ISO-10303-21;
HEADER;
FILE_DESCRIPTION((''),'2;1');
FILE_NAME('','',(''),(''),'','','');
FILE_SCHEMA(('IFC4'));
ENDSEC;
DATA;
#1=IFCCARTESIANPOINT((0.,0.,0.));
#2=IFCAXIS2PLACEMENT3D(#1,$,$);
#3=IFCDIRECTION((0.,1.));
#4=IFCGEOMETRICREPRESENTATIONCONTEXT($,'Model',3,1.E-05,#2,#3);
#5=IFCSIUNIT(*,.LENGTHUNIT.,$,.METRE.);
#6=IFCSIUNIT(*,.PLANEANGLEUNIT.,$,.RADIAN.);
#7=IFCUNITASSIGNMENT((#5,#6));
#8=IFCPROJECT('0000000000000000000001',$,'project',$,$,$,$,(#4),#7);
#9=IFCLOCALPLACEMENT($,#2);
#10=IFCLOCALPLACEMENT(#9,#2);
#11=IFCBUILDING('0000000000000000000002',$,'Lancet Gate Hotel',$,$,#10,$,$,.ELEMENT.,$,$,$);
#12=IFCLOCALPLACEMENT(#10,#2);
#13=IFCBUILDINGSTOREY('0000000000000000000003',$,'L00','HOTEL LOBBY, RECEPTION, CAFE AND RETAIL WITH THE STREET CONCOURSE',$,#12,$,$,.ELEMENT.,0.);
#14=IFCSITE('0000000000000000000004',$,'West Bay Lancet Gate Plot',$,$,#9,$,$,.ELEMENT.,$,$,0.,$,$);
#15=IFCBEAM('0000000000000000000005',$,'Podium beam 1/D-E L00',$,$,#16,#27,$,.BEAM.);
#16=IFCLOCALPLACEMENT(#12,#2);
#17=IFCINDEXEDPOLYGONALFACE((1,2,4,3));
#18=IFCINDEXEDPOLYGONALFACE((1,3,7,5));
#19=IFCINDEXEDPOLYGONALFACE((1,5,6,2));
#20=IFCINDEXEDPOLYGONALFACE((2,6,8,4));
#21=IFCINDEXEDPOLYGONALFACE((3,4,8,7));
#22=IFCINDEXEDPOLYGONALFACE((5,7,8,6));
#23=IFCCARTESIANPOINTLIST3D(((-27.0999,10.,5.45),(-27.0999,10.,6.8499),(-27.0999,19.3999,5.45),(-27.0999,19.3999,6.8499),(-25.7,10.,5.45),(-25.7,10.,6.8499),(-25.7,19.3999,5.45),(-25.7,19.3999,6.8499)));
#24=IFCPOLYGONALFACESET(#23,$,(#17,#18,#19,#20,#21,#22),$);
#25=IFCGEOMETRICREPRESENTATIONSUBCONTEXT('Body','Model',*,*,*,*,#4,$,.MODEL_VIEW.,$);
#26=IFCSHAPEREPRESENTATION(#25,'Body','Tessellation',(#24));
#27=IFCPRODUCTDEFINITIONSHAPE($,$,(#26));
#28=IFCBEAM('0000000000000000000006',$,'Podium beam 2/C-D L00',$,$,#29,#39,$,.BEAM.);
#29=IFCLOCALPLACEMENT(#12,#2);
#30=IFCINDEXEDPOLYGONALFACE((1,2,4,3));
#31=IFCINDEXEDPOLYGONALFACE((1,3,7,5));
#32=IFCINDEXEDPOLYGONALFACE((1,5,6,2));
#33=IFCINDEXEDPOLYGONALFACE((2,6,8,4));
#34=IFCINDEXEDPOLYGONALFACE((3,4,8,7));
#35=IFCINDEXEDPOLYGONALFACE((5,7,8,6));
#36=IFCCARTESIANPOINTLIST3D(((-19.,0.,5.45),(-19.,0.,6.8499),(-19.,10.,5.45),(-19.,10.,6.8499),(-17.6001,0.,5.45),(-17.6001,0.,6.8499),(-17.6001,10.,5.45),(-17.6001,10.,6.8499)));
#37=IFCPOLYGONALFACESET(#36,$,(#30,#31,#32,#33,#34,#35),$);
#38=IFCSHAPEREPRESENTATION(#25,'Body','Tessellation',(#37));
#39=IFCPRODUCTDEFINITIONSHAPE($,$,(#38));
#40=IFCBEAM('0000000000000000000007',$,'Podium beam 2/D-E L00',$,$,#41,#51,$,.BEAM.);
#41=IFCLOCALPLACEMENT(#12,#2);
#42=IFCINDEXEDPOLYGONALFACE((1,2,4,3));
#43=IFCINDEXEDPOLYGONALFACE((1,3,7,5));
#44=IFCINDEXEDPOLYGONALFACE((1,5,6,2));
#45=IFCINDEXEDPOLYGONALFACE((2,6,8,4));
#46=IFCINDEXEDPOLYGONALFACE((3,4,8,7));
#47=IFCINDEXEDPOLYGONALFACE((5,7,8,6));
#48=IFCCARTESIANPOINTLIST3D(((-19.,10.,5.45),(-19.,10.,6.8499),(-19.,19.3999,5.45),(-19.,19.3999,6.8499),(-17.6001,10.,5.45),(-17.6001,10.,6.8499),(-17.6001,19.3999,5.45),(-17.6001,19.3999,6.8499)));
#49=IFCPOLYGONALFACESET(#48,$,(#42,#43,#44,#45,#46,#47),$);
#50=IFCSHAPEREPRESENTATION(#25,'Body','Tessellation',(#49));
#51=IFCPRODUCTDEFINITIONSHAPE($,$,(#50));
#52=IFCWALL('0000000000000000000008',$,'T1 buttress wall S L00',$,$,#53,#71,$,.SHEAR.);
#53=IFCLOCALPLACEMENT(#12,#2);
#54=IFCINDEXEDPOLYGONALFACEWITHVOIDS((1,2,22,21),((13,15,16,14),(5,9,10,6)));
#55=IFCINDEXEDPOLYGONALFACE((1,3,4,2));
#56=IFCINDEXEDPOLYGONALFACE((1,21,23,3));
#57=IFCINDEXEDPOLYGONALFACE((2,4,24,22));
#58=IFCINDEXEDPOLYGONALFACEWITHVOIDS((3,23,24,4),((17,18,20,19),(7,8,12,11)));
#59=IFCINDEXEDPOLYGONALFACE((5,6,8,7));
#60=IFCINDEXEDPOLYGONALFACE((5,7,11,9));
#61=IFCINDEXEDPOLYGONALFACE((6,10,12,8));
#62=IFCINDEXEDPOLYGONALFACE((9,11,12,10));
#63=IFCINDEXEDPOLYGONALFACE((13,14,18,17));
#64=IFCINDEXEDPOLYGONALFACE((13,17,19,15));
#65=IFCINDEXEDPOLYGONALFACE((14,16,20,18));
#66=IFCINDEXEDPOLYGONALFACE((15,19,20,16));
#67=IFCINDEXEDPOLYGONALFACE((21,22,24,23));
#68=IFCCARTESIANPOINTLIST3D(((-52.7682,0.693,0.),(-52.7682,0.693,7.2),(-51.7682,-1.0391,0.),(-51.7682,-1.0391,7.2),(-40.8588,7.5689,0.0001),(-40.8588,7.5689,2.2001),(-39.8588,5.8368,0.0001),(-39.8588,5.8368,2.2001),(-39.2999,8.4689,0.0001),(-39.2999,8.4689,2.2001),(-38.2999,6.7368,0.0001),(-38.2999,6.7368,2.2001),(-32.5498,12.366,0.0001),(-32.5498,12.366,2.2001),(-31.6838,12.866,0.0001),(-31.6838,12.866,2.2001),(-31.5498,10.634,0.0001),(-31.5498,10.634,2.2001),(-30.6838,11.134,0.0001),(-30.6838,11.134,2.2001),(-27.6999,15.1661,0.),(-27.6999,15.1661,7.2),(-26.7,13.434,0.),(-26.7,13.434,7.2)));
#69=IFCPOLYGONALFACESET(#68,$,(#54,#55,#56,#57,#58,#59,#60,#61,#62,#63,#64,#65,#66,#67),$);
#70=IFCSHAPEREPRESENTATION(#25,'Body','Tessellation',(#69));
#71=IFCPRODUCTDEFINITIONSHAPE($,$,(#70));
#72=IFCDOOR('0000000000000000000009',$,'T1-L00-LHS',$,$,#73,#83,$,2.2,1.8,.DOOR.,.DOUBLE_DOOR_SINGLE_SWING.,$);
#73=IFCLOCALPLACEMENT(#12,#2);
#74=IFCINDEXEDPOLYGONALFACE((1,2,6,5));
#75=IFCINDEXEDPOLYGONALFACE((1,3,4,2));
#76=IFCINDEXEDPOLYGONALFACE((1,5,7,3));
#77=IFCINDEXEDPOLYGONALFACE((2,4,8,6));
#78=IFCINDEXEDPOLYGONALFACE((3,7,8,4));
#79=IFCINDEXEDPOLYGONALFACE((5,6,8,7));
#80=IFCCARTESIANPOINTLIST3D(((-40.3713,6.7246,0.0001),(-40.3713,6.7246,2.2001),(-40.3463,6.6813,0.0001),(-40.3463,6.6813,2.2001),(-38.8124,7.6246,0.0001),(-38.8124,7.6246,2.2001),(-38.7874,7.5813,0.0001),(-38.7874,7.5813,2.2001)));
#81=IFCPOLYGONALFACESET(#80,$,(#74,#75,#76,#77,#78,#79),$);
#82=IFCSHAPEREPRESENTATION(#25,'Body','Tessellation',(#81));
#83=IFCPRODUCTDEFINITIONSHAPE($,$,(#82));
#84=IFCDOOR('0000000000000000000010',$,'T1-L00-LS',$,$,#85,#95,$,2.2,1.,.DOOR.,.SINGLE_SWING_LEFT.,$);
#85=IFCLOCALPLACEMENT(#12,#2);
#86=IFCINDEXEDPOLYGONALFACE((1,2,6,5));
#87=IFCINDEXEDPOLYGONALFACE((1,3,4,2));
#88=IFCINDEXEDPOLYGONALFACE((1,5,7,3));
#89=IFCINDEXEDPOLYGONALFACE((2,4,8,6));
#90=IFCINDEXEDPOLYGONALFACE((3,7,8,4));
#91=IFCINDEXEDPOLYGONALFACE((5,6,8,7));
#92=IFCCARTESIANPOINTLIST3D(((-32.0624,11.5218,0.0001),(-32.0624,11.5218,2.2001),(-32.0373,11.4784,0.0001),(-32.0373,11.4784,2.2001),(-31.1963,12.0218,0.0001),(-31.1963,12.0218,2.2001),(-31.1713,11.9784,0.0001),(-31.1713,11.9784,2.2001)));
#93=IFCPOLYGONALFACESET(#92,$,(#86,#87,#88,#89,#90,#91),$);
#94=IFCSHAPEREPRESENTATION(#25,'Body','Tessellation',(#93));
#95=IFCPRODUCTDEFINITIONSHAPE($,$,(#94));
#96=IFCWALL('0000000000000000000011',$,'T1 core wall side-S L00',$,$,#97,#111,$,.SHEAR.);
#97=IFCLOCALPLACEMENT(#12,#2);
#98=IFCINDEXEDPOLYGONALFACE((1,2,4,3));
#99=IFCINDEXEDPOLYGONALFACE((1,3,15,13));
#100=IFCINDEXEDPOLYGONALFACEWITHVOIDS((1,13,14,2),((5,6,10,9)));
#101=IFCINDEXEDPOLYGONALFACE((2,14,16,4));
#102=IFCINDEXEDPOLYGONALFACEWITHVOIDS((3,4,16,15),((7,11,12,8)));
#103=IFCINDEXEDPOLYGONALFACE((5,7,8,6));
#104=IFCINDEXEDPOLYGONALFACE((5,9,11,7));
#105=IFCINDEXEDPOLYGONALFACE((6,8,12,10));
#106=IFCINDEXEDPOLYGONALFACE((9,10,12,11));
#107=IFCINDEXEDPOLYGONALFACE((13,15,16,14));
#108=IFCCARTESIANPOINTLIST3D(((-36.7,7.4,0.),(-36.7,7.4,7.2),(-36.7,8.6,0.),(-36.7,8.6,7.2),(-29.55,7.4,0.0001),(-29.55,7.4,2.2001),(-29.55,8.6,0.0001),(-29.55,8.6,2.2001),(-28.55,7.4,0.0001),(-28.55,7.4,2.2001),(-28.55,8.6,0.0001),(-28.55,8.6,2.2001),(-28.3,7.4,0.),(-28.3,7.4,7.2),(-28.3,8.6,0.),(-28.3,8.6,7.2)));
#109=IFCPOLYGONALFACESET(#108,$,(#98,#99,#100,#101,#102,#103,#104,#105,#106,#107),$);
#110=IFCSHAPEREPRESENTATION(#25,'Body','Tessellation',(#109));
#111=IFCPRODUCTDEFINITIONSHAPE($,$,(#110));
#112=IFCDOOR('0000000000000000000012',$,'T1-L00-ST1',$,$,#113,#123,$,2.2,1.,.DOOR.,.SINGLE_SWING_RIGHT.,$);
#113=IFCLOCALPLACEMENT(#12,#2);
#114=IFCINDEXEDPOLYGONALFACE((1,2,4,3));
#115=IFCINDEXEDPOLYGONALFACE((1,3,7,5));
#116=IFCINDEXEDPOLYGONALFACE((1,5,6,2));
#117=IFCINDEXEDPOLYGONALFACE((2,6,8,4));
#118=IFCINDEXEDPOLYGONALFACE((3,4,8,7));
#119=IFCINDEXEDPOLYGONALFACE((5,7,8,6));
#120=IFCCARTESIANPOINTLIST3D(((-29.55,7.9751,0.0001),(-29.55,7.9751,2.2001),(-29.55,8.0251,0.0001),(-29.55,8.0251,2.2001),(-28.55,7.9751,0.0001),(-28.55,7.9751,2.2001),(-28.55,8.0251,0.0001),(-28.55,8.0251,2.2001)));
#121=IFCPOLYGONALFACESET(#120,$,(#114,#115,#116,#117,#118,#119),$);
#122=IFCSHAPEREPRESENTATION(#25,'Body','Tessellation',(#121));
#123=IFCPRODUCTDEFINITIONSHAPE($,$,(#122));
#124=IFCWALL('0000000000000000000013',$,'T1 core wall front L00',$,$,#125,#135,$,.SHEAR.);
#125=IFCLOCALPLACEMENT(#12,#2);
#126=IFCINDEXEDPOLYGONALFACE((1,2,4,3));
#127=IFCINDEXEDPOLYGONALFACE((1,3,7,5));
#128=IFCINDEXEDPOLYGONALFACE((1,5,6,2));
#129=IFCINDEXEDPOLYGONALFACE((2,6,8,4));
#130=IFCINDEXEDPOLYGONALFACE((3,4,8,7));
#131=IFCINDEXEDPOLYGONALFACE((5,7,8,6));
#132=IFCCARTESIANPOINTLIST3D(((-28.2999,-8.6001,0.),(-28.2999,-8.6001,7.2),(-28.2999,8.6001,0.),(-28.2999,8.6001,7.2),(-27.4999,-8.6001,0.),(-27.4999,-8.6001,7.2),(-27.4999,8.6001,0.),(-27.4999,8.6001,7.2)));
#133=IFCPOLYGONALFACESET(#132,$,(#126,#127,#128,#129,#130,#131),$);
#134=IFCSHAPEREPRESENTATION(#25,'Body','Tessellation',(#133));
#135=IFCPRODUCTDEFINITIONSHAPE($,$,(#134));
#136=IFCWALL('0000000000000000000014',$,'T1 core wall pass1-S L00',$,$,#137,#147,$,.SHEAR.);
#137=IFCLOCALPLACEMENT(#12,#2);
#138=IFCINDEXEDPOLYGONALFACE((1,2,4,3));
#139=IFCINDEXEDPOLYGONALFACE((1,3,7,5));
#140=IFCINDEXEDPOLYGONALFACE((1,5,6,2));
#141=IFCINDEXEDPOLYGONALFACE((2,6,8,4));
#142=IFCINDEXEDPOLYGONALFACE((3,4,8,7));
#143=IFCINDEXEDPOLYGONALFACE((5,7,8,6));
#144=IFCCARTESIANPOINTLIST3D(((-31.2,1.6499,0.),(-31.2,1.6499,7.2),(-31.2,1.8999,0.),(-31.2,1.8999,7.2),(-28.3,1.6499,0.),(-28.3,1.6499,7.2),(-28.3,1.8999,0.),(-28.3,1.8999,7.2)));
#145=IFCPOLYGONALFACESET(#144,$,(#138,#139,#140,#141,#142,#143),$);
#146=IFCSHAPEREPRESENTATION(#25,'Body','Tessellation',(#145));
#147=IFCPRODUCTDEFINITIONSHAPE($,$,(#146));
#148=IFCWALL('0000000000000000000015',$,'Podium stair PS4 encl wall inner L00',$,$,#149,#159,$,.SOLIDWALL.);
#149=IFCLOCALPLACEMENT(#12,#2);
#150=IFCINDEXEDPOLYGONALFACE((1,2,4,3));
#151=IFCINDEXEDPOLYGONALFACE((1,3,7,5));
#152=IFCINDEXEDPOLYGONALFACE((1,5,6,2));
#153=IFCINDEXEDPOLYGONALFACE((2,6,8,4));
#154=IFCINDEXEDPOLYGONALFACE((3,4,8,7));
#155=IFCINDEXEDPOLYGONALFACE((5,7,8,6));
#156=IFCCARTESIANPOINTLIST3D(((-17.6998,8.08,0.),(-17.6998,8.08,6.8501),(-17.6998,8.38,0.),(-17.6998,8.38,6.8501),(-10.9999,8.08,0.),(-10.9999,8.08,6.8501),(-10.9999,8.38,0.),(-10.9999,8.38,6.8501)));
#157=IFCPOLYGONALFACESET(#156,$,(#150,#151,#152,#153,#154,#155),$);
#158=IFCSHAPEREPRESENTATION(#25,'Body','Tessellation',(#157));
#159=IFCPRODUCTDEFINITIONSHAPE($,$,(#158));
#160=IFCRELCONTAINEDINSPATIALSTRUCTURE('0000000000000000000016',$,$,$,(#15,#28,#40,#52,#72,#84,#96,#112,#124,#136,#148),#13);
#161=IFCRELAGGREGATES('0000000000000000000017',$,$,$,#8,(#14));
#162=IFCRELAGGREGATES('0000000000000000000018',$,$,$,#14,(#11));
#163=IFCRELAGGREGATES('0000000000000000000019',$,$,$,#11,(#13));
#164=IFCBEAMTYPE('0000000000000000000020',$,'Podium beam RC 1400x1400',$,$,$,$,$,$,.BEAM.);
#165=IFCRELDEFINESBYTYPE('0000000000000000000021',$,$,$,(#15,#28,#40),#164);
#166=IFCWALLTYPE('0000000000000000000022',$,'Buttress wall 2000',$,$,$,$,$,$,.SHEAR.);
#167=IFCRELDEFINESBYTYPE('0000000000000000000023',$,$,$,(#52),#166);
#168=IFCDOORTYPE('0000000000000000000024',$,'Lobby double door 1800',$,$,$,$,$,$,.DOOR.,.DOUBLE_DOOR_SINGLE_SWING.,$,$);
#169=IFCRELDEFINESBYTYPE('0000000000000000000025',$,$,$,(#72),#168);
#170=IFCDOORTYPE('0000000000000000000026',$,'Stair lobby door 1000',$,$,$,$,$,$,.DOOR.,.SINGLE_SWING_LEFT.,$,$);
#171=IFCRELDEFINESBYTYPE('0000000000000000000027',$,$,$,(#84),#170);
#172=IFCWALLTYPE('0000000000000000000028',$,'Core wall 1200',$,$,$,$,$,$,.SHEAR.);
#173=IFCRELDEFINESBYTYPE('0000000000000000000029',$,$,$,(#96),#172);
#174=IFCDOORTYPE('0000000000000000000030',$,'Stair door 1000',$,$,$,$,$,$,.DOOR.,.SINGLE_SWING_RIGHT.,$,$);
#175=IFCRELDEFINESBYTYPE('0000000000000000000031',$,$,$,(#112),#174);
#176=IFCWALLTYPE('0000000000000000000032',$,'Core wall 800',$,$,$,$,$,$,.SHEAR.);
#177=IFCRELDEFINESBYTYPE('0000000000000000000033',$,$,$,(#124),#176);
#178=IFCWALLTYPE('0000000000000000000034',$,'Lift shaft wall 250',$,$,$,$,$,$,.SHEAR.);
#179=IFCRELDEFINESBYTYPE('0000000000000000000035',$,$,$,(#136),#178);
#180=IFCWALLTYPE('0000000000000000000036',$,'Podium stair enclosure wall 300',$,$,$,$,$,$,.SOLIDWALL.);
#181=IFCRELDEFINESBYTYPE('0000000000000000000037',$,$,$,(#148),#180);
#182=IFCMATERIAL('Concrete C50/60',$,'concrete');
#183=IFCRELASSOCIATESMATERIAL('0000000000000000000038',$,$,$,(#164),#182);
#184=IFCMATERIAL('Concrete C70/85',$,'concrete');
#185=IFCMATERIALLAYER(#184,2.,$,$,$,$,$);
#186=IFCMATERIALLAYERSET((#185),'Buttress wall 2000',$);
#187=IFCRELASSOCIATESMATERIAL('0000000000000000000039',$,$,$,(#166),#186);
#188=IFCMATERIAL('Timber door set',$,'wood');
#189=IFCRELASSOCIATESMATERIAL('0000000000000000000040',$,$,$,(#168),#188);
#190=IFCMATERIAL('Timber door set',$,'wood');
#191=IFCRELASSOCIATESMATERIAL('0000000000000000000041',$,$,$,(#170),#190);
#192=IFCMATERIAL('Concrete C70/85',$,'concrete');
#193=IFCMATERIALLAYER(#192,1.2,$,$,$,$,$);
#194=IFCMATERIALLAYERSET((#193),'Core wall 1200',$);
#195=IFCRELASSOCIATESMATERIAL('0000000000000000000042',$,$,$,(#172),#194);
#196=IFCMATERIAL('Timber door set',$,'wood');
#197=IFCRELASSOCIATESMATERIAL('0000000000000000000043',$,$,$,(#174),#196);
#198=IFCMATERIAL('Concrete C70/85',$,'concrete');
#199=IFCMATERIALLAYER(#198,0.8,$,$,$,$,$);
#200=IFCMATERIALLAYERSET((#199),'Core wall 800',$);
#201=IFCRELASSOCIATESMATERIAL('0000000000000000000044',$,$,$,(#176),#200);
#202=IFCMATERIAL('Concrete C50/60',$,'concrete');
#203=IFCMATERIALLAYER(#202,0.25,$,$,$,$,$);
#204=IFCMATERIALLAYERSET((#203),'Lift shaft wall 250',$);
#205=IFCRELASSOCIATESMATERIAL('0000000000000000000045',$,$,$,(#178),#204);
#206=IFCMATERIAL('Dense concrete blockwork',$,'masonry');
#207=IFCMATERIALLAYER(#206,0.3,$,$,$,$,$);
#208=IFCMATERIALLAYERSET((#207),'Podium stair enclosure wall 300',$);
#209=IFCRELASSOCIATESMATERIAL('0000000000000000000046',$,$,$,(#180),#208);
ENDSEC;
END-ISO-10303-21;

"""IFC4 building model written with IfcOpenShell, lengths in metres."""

from ifc_helpers import new_model, si_unit, direction, frame, frame_2d, origin, origin_2d, place, context, subcontext, project, spatial, rectangle, extrude, material, layer, layer_set, material_profile, profile_set, type_object, element, fill, save


model = new_model("IFC4")

# Units and contexts
model_context = context("Model", 3, precision=1e-05, world=origin(), true_north=direction((0.0, 1.0)))
body_context = subcontext(model_context, "Body", "Model", "MODEL_VIEW")
ifc_project = project(units=[si_unit("LENGTHUNIT", "METRE"), si_unit("PLANEANGLEUNIT", "RADIAN")], contexts=[model_context])

# Site, building, storey
site_placement = place(None, origin())
site = spatial("IfcSite", under=ifc_project, at=site_placement, Name="West Bay Lancet Gate Plot", CompositionType="ELEMENT", RefElevation=0.0)
building_placement = place(site_placement, origin())
building = spatial("IfcBuilding", under=site, at=building_placement, Name="Lancet Gate Hotel", CompositionType="ELEMENT")
storey_placement = place(building_placement, origin())
storey = spatial("IfcBuildingStorey", under=building, at=storey_placement, Name="L00", Description="HOTEL LOBBY, RECEPTION, CAFE AND RETAIL WITH THE STREET CONCOURSE", CompositionType="ELEMENT", Elevation=0.0)

# Beams
ifc_material_1 = material(Name="Concrete C50/60", Category="concrete")
ifc_material_profile_1 = material_profile(ifc_material_1, rectangle(XDim=1.3999, YDim=1.3999, at=origin_2d()), Name="RC 1400x1400")
ifc_profile_set_1 = profile_set([ifc_material_profile_1], Name="Concrete C50/60")
beam_type_1 = type_object("IfcBeamType", Name="Podium beam RC 1400x1400", PredefinedType="BEAM", material=ifc_profile_set_1)
beam_1_placement = place(storey_placement, frame((-26.3999, 10.0, 6.1499), z_axis=(0.0, 1.0, 0.0), x_axis=(-1.0, 0.0, 0.0)))
element("IfcBeam", 1, at=beam_1_placement, inside=storey, type_object=beam_type_1, Name="Podium beam 1/D-E L00", PredefinedType="BEAM", context=body_context, shape_type="SweptSolid", body=[
    extrude(rectangle(XDim=1.3999, YDim=1.3999, at=origin_2d()), origin(), (0.0, 0.0, 1.0), 9.3999),
])
beam_2_placement = place(storey_placement, frame((-18.3, 0.0, 6.1499), z_axis=(0.0, 1.0, 0.0), x_axis=(-1.0, 0.0, 0.0)))
element("IfcBeam", 2, at=beam_2_placement, inside=storey, type_object=beam_type_1, Name="Podium beam 2/C-D L00", PredefinedType="BEAM", context=body_context, shape_type="SweptSolid", body=[
    extrude(rectangle(XDim=1.3999, YDim=1.3999, at=origin_2d()), origin(), (0.0, 0.0, 1.0), 10.0),
])
beam_3_placement = place(storey_placement, frame((-18.3, 10.0, 6.1499), z_axis=(0.0, 1.0, 0.0), x_axis=(-1.0, 0.0, 0.0)))
element("IfcBeam", 3, at=beam_3_placement, inside=storey, type_object=beam_type_1, Name="Podium beam 2/D-E L00", PredefinedType="BEAM", context=body_context, shape_type="SweptSolid", body=[
    extrude(rectangle(XDim=1.3999, YDim=1.3999, at=origin_2d()), origin(), (0.0, 0.0, 1.0), 9.3999),
])

# Wall, openings, doors
ifc_material_2 = material(Name="Concrete C70/85", Category="concrete")
ifc_layer_1 = layer(ifc_material_2, 2.0)
ifc_layer_set_1 = layer_set([ifc_layer_1], Name="Buttress wall 2000")
wall_type_1 = type_object("IfcWallType", Name="Buttress wall 2000", PredefinedType="SHEAR", material=ifc_layer_set_1)
wall_1_placement = place(storey_placement, frame((-27.2, 14.3, 0.0), z_axis=(0.0, 0.0, 1.0), x_axis=(-0.866027, -0.499998, 0.0)))
wall_1 = element("IfcWall", 4, at=wall_1_placement, inside=storey, type_object=wall_type_1, Name="T1 buttress wall S L00", PredefinedType="SHEAR", context=body_context, shape_type="SweptSolid", body=[
    extrude(rectangle(XDim=28.9463, YDim=2.0, at=frame_2d((14.4731, 0.0))), origin(), (0.0, 0.0, 1.0), 7.2),
])
opening_1_placement = place(wall_1_placement, frame((4.6001, 0.0, 0.0)))
opening_1 = element("IfcOpeningElement", 5, at=opening_1_placement, cuts=wall_1, PredefinedType="OPENING", context=body_context, shape_type="SweptSolid", body=[
    extrude(rectangle(XDim=1.0, YDim=2.2, at=frame_2d((0.5, 1.1001))), frame((0.0, 1.01, 0.0), z_axis=(0.0, -1.0, 0.0), x_axis=(1.0, 0.0, 0.0)), (0.0, 0.0, 1.0), 2.02),
])
opening_2_placement = place(wall_1_placement, frame((13.3945, 0.0, 0.0)))
opening_2 = element("IfcOpeningElement", 6, at=opening_2_placement, cuts=wall_1, PredefinedType="OPENING", context=body_context, shape_type="SweptSolid", body=[
    extrude(rectangle(XDim=1.8, YDim=2.2, at=frame_2d((0.8999, 1.1001))), frame((0.0, 1.01, 0.0), z_axis=(0.0, -1.0, 0.0), x_axis=(1.0, 0.0, 0.0)), (0.0, 0.0, 1.0), 2.02),
])
ifc_material_3 = material(Name="Timber door set", Category="wood")
door_type_1 = type_object("IfcDoorType", Name="Lobby double door 1800", OperationType="DOUBLE_DOOR_SINGLE_SWING", PredefinedType="DOOR", material=ifc_material_3)
door_1_placement = place(opening_2_placement, origin())
door_1 = element("IfcDoor", 7, at=door_1_placement, inside=storey, type_object=door_type_1, Name="T1-L00-LHS", OperationType="DOUBLE_DOOR_SINGLE_SWING", OverallHeight=2.2, OverallWidth=1.8, PredefinedType="DOOR", context=body_context, shape_type="SweptSolid", body=[
    extrude(rectangle(XDim=1.8, YDim=2.2, at=frame_2d((0.8999, 1.1001))), frame((0.0, 0.0249, 0.0), z_axis=(0.0, -1.0, 0.0), x_axis=(1.0, 0.0, 0.0)), (0.0, 0.0, 1.0), 0.05),
])
fill(opening_2, door_1)
ifc_material_4 = material(Name="Timber door set", Category="wood")
door_type_2 = type_object("IfcDoorType", Name="Stair lobby door 1000", OperationType="SINGLE_SWING_LEFT", PredefinedType="DOOR", material=ifc_material_4)
door_2_placement = place(opening_1_placement, origin())
door_2 = element("IfcDoor", 8, at=door_2_placement, inside=storey, type_object=door_type_2, Name="T1-L00-LS", OperationType="SINGLE_SWING_LEFT", OverallHeight=2.2, OverallWidth=1.0, PredefinedType="DOOR", context=body_context, shape_type="SweptSolid", body=[
    extrude(rectangle(XDim=1.0, YDim=2.2, at=frame_2d((0.5, 1.1001))), frame((0.0, 0.0249, 0.0), z_axis=(0.0, -1.0, 0.0), x_axis=(1.0, 0.0, 0.0)), (0.0, 0.0, 1.0), 0.05),
])
fill(opening_1, door_2)

# Wall, opening, door
ifc_material_5 = material(Name="Concrete C70/85", Category="concrete")
ifc_layer_2 = layer(ifc_material_5, 1.2)
ifc_layer_set_2 = layer_set([ifc_layer_2], Name="Core wall 1200")
wall_type_2 = type_object("IfcWallType", Name="Core wall 1200", PredefinedType="SHEAR", material=ifc_layer_set_2)
wall_2_placement = place(storey_placement, frame((-28.3, 8.0, 0.0), z_axis=(0.0, 0.0, 1.0), x_axis=(-1.0, 0.0, 0.0)))
wall_2 = element("IfcWall", 9, at=wall_2_placement, inside=storey, type_object=wall_type_2, Name="T1 core wall side-S L00", PredefinedType="SHEAR", context=body_context, shape_type="SweptSolid", body=[
    extrude(rectangle(XDim=8.3999, YDim=1.2, at=frame_2d((4.2, 0.0))), origin(), (0.0, 0.0, 1.0), 7.2),
])
opening_3_placement = place(wall_2_placement, frame((0.25, 0.0, 0.0)))
opening_3 = element("IfcOpeningElement", 10, at=opening_3_placement, cuts=wall_2, PredefinedType="OPENING", context=body_context, shape_type="SweptSolid", body=[
    extrude(rectangle(XDim=1.0, YDim=2.2, at=frame_2d((0.5, 1.1001))), frame((0.0, 0.6099, 0.0), z_axis=(0.0, -1.0, 0.0), x_axis=(1.0, 0.0, 0.0)), (0.0, 0.0, 1.0), 1.22),
])
ifc_material_6 = material(Name="Timber door set", Category="wood")
door_type_3 = type_object("IfcDoorType", Name="Stair door 1000", OperationType="SINGLE_SWING_RIGHT", PredefinedType="DOOR", material=ifc_material_6)
door_3_placement = place(opening_3_placement, origin())
door_3 = element("IfcDoor", 11, at=door_3_placement, inside=storey, type_object=door_type_3, Name="T1-L00-ST1", OperationType="SINGLE_SWING_RIGHT", OverallHeight=2.2, OverallWidth=1.0, PredefinedType="DOOR", context=body_context, shape_type="SweptSolid", body=[
    extrude(rectangle(XDim=1.0, YDim=2.2, at=frame_2d((0.5, 1.1001))), frame((0.0, 0.0249, 0.0), z_axis=(0.0, -1.0, 0.0), x_axis=(1.0, 0.0, 0.0)), (0.0, 0.0, 1.0), 0.05),
])
fill(opening_3, door_3)

# Walls
ifc_material_7 = material(Name="Concrete C70/85", Category="concrete")
ifc_layer_3 = layer(ifc_material_7, 0.8)
ifc_layer_set_3 = layer_set([ifc_layer_3], Name="Core wall 800")
wall_type_3 = type_object("IfcWallType", Name="Core wall 800", PredefinedType="SHEAR", material=ifc_layer_set_3)
wall_3_placement = place(storey_placement, frame((-27.8999, 8.6001, 0.0), z_axis=(0.0, 0.0, 1.0), x_axis=(0.0, -1.0, 0.0)))
element("IfcWall", 12, at=wall_3_placement, inside=storey, type_object=wall_type_3, Name="T1 core wall front L00", PredefinedType="SHEAR", context=body_context, shape_type="SweptSolid", body=[
    extrude(rectangle(XDim=17.2002, YDim=0.8, at=frame_2d((8.6001, 0.0))), origin(), (0.0, 0.0, 1.0), 7.2),
])
ifc_material_8 = material(Name="Concrete C50/60", Category="concrete")
ifc_layer_4 = layer(ifc_material_8, 0.25)
ifc_layer_set_4 = layer_set([ifc_layer_4], Name="Lift shaft wall 250")
wall_type_4 = type_object("IfcWallType", Name="Lift shaft wall 250", PredefinedType="SHEAR", material=ifc_layer_set_4)
wall_4_placement = place(storey_placement, frame((-28.3, 1.7749, 0.0), z_axis=(0.0, 0.0, 1.0), x_axis=(-1.0, 0.0, 0.0)))
element("IfcWall", 13, at=wall_4_placement, inside=storey, type_object=wall_type_4, Name="T1 core wall pass1-S L00", PredefinedType="SHEAR", context=body_context, shape_type="SweptSolid", body=[
    extrude(rectangle(XDim=2.8999, YDim=0.25, at=frame_2d((1.45, 0.0))), origin(), (0.0, 0.0, 1.0), 7.2),
])
ifc_material_9 = material(Name="Dense concrete blockwork", Category="masonry")
ifc_layer_5 = layer(ifc_material_9, 0.3)
ifc_layer_set_5 = layer_set([ifc_layer_5], Name="Podium stair enclosure wall 300")
wall_type_5 = type_object("IfcWallType", Name="Podium stair enclosure wall 300", PredefinedType="SOLIDWALL", material=ifc_layer_set_5)
wall_5_placement = place(storey_placement, frame((-17.7, 8.23, 0.0), z_axis=(0.0, 0.0, 1.0), x_axis=(1.0, 0.0, 0.0)))
element("IfcWall", 14, at=wall_5_placement, inside=storey, type_object=wall_type_5, Name="Podium stair PS4 encl wall inner L00", PredefinedType="SOLIDWALL", context=body_context, shape_type="SweptSolid", body=[
    extrude(rectangle(XDim=6.7, YDim=0.3, at=frame_2d((3.3501, 0.0))), origin(), (0.0, 0.0, 1.0), 6.8501),
])

save(model, "model.ifc")
